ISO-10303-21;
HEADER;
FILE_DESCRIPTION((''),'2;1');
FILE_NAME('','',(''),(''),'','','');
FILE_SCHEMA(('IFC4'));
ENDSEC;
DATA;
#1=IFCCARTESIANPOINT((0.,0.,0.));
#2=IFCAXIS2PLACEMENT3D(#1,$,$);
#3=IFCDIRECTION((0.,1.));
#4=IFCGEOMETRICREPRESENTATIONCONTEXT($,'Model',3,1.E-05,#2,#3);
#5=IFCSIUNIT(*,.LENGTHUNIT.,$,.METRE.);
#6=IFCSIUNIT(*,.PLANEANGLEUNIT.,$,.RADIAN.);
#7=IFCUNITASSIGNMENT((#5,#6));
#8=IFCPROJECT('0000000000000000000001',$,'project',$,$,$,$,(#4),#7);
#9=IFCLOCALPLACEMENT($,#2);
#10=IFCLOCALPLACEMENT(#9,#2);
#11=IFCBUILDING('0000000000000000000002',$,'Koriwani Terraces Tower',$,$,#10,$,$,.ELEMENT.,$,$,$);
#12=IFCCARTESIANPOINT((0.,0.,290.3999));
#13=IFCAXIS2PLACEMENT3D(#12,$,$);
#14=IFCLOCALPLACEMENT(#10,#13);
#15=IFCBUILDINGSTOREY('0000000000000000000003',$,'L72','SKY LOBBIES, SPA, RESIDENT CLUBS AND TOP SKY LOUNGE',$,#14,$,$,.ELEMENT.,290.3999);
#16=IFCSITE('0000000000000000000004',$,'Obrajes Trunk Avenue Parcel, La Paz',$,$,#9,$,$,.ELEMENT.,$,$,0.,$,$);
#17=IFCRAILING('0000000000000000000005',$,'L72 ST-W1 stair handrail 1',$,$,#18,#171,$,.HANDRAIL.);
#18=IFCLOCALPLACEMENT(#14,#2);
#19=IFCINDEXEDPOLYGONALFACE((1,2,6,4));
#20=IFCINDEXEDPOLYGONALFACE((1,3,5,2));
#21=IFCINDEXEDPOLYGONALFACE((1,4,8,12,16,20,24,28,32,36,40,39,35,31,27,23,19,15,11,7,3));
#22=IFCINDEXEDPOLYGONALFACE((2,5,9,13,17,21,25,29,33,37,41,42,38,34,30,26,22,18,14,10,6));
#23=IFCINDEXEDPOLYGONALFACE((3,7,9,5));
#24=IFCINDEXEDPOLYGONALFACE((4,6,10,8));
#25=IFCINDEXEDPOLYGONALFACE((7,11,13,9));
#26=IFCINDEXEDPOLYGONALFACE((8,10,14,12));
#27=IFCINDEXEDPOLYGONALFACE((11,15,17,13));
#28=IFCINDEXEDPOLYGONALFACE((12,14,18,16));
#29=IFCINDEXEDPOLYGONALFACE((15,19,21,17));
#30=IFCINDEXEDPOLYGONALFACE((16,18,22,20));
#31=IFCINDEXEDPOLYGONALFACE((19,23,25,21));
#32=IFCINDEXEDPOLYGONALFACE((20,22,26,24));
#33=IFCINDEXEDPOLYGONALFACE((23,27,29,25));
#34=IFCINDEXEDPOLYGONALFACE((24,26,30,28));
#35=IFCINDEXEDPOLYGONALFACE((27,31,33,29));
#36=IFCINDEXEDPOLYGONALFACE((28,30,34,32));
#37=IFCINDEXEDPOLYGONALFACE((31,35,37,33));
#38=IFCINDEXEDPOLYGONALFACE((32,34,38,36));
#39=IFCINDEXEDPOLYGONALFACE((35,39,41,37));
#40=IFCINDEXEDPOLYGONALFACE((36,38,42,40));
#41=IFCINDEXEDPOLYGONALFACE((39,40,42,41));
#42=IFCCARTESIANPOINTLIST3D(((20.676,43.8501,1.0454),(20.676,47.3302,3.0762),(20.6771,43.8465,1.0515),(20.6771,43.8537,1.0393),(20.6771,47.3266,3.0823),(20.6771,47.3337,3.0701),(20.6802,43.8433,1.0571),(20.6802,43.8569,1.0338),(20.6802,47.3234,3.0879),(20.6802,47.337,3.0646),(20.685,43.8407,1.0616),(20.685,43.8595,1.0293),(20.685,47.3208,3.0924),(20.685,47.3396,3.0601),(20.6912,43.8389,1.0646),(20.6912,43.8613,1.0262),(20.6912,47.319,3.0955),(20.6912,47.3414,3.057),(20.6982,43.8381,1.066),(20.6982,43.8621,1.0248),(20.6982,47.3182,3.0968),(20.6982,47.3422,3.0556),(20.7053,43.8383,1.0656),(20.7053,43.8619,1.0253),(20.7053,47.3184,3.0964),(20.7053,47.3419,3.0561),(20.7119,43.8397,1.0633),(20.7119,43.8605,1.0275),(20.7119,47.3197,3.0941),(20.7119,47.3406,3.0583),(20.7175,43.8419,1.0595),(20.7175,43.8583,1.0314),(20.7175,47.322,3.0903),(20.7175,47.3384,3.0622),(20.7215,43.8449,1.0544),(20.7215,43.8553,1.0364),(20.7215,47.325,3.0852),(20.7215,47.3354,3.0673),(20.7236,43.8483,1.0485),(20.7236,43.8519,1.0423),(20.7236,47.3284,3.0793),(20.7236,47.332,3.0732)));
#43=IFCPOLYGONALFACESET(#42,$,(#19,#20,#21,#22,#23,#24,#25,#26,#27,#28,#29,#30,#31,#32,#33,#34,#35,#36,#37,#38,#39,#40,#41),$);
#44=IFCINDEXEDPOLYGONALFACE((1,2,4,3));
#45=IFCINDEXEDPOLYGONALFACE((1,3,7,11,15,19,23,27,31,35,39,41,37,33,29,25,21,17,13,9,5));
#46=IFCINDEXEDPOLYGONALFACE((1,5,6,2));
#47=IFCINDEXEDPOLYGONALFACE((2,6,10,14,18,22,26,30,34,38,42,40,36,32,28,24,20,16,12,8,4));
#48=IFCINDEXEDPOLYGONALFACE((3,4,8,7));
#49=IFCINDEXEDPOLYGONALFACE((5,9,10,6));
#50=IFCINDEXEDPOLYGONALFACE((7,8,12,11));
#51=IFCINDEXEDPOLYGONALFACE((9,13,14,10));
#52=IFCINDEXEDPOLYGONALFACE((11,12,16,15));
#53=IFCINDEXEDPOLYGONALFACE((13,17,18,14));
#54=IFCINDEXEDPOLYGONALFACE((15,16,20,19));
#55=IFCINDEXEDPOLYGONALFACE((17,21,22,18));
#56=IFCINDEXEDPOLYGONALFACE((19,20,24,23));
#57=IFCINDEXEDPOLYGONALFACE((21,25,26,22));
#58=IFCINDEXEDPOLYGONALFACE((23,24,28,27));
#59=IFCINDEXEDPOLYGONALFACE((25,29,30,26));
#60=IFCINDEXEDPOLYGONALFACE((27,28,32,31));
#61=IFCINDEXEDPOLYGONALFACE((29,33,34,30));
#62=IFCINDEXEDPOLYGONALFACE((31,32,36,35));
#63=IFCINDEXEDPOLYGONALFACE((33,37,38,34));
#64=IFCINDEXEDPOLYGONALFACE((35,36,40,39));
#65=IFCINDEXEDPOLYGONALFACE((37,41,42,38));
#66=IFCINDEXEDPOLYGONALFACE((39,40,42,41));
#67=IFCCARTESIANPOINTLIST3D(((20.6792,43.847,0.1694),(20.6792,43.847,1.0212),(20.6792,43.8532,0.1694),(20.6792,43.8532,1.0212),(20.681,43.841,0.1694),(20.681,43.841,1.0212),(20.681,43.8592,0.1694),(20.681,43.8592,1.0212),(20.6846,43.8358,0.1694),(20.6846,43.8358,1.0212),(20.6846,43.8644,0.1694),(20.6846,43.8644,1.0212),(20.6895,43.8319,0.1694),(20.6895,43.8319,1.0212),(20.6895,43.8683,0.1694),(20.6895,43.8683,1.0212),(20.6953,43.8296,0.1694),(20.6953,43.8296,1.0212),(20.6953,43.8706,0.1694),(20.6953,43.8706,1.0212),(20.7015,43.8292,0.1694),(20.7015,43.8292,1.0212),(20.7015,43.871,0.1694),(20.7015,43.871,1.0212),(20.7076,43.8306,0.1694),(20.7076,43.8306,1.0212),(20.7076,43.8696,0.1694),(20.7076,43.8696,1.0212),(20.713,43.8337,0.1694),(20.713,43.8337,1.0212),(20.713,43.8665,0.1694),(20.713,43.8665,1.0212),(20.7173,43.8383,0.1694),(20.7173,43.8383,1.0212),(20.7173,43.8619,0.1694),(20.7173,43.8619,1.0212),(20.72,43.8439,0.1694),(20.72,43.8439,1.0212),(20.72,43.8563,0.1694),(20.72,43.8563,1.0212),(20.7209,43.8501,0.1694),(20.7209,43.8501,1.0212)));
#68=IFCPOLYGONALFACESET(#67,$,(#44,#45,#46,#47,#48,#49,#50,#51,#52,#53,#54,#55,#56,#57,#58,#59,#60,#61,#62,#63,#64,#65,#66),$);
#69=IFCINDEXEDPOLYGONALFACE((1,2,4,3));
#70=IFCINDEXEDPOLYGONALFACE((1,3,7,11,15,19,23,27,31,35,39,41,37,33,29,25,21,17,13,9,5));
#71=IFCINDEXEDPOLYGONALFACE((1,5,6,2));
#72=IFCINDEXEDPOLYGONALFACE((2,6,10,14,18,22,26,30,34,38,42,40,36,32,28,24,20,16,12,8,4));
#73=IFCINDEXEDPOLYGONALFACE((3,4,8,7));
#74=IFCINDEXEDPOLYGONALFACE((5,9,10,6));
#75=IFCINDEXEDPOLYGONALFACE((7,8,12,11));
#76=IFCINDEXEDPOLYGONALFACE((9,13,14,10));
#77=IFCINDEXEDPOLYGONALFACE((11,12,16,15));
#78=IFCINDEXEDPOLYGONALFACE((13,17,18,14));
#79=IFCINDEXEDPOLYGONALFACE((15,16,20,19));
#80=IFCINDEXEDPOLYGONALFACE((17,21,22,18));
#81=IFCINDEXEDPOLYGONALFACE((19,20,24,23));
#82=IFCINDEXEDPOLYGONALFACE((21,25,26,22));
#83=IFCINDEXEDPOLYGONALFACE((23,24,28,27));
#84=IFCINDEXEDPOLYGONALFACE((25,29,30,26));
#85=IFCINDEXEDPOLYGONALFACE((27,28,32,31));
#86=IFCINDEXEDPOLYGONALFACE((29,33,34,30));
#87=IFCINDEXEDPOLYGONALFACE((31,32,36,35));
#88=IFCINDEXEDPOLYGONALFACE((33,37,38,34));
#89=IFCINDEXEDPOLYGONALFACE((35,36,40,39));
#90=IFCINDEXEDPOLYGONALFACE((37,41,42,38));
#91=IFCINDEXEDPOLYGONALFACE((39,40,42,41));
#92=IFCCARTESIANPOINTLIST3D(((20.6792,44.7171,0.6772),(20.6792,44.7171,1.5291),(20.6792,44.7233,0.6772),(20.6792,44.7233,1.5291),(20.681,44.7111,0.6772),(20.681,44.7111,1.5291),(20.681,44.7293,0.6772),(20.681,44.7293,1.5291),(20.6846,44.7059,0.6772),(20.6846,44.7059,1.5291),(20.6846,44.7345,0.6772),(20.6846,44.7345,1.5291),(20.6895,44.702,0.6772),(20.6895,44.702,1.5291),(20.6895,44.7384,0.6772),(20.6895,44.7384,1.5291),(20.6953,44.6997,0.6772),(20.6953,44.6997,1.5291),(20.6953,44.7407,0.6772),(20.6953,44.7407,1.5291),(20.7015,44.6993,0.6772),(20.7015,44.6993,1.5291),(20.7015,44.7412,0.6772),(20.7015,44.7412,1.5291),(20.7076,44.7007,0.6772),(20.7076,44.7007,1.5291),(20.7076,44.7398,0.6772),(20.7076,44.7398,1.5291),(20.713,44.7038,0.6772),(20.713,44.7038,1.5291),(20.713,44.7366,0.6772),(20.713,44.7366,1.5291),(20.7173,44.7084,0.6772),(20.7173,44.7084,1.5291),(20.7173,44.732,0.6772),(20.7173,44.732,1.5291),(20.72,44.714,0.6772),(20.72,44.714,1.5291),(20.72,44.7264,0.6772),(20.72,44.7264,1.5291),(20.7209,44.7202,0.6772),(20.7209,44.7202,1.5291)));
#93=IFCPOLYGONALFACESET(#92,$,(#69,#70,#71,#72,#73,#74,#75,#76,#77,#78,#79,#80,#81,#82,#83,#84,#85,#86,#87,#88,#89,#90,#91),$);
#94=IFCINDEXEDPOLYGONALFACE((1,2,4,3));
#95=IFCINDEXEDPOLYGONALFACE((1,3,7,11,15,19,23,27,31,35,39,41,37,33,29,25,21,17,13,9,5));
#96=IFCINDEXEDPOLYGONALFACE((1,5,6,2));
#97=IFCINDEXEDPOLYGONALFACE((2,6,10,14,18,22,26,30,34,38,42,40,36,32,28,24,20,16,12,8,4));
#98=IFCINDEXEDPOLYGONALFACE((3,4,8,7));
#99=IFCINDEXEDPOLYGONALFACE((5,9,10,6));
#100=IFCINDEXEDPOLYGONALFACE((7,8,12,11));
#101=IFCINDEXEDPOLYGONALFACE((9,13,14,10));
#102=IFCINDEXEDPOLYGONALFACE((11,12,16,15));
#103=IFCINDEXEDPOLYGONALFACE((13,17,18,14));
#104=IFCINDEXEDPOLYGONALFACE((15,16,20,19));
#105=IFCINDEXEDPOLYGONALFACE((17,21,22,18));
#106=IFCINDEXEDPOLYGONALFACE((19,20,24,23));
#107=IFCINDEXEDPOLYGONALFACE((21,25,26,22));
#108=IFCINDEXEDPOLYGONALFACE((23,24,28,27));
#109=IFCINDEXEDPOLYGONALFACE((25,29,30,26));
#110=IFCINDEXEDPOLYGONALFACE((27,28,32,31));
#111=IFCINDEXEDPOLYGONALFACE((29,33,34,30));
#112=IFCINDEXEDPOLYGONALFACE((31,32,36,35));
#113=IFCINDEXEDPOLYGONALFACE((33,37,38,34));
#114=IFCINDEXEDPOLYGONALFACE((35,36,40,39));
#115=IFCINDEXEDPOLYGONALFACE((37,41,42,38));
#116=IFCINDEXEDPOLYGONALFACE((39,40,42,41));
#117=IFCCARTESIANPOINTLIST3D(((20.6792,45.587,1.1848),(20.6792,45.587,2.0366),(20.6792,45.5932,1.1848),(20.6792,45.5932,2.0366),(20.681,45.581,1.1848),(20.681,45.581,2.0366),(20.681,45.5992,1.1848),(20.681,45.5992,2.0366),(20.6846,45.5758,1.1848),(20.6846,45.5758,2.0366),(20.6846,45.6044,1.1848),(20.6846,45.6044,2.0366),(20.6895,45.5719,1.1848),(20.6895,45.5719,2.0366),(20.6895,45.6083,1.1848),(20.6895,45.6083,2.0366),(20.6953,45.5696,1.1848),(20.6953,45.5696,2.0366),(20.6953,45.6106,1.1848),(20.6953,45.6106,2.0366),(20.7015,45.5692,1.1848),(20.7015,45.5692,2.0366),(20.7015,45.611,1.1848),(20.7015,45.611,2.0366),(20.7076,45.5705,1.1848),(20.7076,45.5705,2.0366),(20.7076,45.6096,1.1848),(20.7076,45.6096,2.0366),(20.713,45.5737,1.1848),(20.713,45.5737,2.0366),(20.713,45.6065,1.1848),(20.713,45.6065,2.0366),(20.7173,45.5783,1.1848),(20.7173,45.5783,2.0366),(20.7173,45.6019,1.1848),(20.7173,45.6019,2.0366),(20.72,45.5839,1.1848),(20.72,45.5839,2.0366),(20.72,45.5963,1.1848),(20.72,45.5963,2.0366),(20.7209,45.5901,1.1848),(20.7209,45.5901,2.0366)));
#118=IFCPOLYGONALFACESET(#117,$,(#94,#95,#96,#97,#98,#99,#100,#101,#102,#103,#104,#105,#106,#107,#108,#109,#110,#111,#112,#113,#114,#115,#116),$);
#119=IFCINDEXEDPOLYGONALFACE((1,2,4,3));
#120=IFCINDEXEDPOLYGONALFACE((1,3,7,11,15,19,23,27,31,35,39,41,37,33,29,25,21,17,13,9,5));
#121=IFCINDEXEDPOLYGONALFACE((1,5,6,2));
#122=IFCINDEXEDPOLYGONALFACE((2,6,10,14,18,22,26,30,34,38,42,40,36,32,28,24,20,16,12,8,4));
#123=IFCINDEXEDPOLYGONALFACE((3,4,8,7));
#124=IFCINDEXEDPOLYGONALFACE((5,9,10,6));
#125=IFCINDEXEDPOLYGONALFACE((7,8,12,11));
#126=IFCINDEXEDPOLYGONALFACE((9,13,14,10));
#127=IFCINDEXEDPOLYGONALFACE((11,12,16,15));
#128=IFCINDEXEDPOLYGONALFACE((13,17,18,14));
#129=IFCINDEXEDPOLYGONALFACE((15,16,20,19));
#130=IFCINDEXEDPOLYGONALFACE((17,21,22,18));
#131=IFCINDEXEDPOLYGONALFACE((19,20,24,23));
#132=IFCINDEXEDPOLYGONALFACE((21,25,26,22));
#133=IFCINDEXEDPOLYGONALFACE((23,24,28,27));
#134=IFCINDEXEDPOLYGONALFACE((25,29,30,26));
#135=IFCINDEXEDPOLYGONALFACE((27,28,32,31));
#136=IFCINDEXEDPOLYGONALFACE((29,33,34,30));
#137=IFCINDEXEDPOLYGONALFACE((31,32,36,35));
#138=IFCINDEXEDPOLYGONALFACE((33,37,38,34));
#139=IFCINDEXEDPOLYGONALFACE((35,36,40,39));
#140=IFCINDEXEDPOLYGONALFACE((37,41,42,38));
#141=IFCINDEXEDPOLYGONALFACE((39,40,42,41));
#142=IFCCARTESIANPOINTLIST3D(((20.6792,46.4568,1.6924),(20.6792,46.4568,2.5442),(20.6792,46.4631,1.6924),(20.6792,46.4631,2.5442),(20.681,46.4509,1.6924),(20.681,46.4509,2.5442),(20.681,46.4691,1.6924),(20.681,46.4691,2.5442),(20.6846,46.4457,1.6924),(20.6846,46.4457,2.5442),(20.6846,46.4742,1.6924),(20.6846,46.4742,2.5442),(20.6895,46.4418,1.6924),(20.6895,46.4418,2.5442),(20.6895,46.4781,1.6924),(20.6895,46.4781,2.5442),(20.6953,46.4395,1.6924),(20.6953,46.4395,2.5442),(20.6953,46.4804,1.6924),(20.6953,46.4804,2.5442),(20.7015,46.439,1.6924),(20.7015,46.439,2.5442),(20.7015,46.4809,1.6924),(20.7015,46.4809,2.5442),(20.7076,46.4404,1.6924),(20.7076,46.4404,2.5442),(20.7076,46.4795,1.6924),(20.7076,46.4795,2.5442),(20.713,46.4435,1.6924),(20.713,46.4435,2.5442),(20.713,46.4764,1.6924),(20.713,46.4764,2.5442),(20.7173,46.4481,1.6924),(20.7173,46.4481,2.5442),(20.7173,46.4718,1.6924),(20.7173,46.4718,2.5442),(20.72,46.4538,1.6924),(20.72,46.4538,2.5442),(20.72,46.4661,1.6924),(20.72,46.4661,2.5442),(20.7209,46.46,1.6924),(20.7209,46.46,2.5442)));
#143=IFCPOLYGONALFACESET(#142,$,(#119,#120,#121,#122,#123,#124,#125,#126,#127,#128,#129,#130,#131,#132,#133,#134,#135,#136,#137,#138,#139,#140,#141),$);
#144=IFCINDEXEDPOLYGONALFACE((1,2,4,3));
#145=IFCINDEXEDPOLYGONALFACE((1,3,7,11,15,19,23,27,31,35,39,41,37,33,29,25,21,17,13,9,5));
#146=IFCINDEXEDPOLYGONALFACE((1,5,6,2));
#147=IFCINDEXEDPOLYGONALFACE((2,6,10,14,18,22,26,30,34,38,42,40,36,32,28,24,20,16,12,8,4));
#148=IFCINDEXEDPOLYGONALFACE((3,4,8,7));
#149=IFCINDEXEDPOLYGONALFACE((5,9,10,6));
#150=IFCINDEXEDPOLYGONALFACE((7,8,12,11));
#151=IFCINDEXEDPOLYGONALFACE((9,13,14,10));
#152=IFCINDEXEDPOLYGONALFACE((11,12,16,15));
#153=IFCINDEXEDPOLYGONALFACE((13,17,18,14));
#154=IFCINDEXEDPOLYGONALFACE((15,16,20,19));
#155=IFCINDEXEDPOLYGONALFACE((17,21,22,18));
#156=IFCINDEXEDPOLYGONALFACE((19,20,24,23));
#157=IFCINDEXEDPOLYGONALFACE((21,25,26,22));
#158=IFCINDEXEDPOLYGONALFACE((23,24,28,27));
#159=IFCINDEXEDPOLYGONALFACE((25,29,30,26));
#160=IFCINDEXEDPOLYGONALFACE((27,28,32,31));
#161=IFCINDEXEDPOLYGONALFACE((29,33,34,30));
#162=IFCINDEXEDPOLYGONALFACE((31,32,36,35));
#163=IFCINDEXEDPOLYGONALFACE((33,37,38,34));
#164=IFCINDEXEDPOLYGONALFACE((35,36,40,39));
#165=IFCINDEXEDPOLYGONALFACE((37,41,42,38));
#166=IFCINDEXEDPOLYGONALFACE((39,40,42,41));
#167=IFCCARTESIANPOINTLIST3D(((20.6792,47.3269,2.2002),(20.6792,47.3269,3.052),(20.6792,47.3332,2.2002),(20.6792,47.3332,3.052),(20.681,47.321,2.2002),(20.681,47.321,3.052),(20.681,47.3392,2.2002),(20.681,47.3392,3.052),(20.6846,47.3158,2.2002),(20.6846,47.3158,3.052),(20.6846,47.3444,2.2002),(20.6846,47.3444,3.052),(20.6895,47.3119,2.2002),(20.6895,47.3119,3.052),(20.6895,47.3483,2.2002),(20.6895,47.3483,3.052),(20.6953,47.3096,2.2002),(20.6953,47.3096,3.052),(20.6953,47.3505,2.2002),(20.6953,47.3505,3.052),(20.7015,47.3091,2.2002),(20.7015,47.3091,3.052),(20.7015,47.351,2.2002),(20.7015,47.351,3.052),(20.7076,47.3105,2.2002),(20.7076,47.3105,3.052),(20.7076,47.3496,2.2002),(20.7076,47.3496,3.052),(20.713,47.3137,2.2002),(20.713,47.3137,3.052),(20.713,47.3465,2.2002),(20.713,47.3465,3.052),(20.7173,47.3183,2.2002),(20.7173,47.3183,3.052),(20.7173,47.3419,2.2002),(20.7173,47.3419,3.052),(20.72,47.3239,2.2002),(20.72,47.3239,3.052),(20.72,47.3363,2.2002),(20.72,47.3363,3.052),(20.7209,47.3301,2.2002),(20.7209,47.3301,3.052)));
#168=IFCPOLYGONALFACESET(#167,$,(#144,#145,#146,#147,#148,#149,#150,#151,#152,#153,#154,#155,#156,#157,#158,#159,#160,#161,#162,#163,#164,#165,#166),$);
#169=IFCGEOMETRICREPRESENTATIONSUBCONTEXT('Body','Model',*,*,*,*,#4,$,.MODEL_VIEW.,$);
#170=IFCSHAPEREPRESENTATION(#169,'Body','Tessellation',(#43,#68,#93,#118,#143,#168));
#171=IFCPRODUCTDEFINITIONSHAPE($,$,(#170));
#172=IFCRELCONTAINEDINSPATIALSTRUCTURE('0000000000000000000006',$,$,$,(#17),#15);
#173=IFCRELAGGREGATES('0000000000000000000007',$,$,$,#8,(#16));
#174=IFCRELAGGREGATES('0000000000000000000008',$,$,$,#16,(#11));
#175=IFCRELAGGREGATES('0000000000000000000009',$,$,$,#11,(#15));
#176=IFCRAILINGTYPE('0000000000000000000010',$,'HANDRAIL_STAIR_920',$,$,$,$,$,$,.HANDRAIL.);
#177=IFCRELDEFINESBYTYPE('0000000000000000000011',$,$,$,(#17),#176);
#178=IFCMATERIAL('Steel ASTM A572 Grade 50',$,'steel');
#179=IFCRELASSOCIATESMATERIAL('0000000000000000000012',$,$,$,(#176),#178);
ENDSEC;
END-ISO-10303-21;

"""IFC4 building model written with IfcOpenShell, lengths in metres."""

from ifc_helpers import new_model, si_unit, direction, frame, origin, origin_2d, place, context, subcontext, project, spatial, circle, extrude, material, type_object, element, save


model = new_model("IFC4")

# Units and contexts
model_context = context("Model", 3, precision=1e-05, world=origin(), true_north=direction((0.0, 1.0)))
body_context = subcontext(model_context, "Body", "Model", "MODEL_VIEW")
ifc_project = project(units=[si_unit("LENGTHUNIT", "METRE"), si_unit("PLANEANGLEUNIT", "RADIAN")], contexts=[model_context])

# Site, building, storey
site_placement = place(None, origin())
site = spatial("IfcSite", under=ifc_project, at=site_placement, Name="Obrajes Trunk Avenue Parcel, La Paz", CompositionType="ELEMENT", RefElevation=0.0)
building_placement = place(site_placement, origin())
building = spatial("IfcBuilding", under=site, at=building_placement, Name="Koriwani Terraces Tower", CompositionType="ELEMENT")
storey_placement = place(building_placement, frame((0.0, 0.0, 290.3999)))
storey = spatial("IfcBuildingStorey", under=building, at=storey_placement, Name="L72", Description="SKY LOBBIES, SPA, RESIDENT CLUBS AND TOP SKY LOUNGE", CompositionType="ELEMENT", Elevation=290.3999)

# Railing
ifc_material_1 = material(Name="Steel ASTM A572 Grade 50", Category="steel")
railing_type_1 = type_object("IfcRailingType", Name="HANDRAIL_STAIR_920", PredefinedType="HANDRAIL", material=ifc_material_1)
railing_1_placement = place(storey_placement, frame((20.7, 43.8501, 0.1694)))
element("IfcRailing", 1, at=railing_1_placement, inside=storey, type_object=railing_type_1, Name="L72 ST-W1 stair handrail 1", PredefinedType="HANDRAIL", context=body_context, shape_type="SweptSolid", body=[
    extrude(circle(Radius=0.0239, at=origin_2d()), frame((0.0, 0.0, 0.876), z_axis=(0.0, 0.863695, 0.504014), x_axis=(-1.0, 0.0, 0.0)), (0.0, 0.0, 1.0), 4.0293),
    extrude(circle(Radius=0.021, at=origin_2d()), origin(), (0.0, 0.0, 1.0), 0.8518),
    extrude(circle(Radius=0.021, at=origin_2d()), frame((0.0, 0.8701, 0.5078)), (0.0, 0.0, 1.0), 0.8518),
    extrude(circle(Radius=0.021, at=origin_2d()), frame((0.0, 1.74, 1.0154)), (0.0, 0.0, 1.0), 0.8518),
    extrude(circle(Radius=0.021, at=origin_2d()), frame((0.0, 2.6099, 1.5229)), (0.0, 0.0, 1.0), 0.8518),
    extrude(circle(Radius=0.021, at=origin_2d()), frame((0.0, 3.48, 2.0308)), (0.0, 0.0, 1.0), 0.8518),
])

save(model, "model.ifc")
